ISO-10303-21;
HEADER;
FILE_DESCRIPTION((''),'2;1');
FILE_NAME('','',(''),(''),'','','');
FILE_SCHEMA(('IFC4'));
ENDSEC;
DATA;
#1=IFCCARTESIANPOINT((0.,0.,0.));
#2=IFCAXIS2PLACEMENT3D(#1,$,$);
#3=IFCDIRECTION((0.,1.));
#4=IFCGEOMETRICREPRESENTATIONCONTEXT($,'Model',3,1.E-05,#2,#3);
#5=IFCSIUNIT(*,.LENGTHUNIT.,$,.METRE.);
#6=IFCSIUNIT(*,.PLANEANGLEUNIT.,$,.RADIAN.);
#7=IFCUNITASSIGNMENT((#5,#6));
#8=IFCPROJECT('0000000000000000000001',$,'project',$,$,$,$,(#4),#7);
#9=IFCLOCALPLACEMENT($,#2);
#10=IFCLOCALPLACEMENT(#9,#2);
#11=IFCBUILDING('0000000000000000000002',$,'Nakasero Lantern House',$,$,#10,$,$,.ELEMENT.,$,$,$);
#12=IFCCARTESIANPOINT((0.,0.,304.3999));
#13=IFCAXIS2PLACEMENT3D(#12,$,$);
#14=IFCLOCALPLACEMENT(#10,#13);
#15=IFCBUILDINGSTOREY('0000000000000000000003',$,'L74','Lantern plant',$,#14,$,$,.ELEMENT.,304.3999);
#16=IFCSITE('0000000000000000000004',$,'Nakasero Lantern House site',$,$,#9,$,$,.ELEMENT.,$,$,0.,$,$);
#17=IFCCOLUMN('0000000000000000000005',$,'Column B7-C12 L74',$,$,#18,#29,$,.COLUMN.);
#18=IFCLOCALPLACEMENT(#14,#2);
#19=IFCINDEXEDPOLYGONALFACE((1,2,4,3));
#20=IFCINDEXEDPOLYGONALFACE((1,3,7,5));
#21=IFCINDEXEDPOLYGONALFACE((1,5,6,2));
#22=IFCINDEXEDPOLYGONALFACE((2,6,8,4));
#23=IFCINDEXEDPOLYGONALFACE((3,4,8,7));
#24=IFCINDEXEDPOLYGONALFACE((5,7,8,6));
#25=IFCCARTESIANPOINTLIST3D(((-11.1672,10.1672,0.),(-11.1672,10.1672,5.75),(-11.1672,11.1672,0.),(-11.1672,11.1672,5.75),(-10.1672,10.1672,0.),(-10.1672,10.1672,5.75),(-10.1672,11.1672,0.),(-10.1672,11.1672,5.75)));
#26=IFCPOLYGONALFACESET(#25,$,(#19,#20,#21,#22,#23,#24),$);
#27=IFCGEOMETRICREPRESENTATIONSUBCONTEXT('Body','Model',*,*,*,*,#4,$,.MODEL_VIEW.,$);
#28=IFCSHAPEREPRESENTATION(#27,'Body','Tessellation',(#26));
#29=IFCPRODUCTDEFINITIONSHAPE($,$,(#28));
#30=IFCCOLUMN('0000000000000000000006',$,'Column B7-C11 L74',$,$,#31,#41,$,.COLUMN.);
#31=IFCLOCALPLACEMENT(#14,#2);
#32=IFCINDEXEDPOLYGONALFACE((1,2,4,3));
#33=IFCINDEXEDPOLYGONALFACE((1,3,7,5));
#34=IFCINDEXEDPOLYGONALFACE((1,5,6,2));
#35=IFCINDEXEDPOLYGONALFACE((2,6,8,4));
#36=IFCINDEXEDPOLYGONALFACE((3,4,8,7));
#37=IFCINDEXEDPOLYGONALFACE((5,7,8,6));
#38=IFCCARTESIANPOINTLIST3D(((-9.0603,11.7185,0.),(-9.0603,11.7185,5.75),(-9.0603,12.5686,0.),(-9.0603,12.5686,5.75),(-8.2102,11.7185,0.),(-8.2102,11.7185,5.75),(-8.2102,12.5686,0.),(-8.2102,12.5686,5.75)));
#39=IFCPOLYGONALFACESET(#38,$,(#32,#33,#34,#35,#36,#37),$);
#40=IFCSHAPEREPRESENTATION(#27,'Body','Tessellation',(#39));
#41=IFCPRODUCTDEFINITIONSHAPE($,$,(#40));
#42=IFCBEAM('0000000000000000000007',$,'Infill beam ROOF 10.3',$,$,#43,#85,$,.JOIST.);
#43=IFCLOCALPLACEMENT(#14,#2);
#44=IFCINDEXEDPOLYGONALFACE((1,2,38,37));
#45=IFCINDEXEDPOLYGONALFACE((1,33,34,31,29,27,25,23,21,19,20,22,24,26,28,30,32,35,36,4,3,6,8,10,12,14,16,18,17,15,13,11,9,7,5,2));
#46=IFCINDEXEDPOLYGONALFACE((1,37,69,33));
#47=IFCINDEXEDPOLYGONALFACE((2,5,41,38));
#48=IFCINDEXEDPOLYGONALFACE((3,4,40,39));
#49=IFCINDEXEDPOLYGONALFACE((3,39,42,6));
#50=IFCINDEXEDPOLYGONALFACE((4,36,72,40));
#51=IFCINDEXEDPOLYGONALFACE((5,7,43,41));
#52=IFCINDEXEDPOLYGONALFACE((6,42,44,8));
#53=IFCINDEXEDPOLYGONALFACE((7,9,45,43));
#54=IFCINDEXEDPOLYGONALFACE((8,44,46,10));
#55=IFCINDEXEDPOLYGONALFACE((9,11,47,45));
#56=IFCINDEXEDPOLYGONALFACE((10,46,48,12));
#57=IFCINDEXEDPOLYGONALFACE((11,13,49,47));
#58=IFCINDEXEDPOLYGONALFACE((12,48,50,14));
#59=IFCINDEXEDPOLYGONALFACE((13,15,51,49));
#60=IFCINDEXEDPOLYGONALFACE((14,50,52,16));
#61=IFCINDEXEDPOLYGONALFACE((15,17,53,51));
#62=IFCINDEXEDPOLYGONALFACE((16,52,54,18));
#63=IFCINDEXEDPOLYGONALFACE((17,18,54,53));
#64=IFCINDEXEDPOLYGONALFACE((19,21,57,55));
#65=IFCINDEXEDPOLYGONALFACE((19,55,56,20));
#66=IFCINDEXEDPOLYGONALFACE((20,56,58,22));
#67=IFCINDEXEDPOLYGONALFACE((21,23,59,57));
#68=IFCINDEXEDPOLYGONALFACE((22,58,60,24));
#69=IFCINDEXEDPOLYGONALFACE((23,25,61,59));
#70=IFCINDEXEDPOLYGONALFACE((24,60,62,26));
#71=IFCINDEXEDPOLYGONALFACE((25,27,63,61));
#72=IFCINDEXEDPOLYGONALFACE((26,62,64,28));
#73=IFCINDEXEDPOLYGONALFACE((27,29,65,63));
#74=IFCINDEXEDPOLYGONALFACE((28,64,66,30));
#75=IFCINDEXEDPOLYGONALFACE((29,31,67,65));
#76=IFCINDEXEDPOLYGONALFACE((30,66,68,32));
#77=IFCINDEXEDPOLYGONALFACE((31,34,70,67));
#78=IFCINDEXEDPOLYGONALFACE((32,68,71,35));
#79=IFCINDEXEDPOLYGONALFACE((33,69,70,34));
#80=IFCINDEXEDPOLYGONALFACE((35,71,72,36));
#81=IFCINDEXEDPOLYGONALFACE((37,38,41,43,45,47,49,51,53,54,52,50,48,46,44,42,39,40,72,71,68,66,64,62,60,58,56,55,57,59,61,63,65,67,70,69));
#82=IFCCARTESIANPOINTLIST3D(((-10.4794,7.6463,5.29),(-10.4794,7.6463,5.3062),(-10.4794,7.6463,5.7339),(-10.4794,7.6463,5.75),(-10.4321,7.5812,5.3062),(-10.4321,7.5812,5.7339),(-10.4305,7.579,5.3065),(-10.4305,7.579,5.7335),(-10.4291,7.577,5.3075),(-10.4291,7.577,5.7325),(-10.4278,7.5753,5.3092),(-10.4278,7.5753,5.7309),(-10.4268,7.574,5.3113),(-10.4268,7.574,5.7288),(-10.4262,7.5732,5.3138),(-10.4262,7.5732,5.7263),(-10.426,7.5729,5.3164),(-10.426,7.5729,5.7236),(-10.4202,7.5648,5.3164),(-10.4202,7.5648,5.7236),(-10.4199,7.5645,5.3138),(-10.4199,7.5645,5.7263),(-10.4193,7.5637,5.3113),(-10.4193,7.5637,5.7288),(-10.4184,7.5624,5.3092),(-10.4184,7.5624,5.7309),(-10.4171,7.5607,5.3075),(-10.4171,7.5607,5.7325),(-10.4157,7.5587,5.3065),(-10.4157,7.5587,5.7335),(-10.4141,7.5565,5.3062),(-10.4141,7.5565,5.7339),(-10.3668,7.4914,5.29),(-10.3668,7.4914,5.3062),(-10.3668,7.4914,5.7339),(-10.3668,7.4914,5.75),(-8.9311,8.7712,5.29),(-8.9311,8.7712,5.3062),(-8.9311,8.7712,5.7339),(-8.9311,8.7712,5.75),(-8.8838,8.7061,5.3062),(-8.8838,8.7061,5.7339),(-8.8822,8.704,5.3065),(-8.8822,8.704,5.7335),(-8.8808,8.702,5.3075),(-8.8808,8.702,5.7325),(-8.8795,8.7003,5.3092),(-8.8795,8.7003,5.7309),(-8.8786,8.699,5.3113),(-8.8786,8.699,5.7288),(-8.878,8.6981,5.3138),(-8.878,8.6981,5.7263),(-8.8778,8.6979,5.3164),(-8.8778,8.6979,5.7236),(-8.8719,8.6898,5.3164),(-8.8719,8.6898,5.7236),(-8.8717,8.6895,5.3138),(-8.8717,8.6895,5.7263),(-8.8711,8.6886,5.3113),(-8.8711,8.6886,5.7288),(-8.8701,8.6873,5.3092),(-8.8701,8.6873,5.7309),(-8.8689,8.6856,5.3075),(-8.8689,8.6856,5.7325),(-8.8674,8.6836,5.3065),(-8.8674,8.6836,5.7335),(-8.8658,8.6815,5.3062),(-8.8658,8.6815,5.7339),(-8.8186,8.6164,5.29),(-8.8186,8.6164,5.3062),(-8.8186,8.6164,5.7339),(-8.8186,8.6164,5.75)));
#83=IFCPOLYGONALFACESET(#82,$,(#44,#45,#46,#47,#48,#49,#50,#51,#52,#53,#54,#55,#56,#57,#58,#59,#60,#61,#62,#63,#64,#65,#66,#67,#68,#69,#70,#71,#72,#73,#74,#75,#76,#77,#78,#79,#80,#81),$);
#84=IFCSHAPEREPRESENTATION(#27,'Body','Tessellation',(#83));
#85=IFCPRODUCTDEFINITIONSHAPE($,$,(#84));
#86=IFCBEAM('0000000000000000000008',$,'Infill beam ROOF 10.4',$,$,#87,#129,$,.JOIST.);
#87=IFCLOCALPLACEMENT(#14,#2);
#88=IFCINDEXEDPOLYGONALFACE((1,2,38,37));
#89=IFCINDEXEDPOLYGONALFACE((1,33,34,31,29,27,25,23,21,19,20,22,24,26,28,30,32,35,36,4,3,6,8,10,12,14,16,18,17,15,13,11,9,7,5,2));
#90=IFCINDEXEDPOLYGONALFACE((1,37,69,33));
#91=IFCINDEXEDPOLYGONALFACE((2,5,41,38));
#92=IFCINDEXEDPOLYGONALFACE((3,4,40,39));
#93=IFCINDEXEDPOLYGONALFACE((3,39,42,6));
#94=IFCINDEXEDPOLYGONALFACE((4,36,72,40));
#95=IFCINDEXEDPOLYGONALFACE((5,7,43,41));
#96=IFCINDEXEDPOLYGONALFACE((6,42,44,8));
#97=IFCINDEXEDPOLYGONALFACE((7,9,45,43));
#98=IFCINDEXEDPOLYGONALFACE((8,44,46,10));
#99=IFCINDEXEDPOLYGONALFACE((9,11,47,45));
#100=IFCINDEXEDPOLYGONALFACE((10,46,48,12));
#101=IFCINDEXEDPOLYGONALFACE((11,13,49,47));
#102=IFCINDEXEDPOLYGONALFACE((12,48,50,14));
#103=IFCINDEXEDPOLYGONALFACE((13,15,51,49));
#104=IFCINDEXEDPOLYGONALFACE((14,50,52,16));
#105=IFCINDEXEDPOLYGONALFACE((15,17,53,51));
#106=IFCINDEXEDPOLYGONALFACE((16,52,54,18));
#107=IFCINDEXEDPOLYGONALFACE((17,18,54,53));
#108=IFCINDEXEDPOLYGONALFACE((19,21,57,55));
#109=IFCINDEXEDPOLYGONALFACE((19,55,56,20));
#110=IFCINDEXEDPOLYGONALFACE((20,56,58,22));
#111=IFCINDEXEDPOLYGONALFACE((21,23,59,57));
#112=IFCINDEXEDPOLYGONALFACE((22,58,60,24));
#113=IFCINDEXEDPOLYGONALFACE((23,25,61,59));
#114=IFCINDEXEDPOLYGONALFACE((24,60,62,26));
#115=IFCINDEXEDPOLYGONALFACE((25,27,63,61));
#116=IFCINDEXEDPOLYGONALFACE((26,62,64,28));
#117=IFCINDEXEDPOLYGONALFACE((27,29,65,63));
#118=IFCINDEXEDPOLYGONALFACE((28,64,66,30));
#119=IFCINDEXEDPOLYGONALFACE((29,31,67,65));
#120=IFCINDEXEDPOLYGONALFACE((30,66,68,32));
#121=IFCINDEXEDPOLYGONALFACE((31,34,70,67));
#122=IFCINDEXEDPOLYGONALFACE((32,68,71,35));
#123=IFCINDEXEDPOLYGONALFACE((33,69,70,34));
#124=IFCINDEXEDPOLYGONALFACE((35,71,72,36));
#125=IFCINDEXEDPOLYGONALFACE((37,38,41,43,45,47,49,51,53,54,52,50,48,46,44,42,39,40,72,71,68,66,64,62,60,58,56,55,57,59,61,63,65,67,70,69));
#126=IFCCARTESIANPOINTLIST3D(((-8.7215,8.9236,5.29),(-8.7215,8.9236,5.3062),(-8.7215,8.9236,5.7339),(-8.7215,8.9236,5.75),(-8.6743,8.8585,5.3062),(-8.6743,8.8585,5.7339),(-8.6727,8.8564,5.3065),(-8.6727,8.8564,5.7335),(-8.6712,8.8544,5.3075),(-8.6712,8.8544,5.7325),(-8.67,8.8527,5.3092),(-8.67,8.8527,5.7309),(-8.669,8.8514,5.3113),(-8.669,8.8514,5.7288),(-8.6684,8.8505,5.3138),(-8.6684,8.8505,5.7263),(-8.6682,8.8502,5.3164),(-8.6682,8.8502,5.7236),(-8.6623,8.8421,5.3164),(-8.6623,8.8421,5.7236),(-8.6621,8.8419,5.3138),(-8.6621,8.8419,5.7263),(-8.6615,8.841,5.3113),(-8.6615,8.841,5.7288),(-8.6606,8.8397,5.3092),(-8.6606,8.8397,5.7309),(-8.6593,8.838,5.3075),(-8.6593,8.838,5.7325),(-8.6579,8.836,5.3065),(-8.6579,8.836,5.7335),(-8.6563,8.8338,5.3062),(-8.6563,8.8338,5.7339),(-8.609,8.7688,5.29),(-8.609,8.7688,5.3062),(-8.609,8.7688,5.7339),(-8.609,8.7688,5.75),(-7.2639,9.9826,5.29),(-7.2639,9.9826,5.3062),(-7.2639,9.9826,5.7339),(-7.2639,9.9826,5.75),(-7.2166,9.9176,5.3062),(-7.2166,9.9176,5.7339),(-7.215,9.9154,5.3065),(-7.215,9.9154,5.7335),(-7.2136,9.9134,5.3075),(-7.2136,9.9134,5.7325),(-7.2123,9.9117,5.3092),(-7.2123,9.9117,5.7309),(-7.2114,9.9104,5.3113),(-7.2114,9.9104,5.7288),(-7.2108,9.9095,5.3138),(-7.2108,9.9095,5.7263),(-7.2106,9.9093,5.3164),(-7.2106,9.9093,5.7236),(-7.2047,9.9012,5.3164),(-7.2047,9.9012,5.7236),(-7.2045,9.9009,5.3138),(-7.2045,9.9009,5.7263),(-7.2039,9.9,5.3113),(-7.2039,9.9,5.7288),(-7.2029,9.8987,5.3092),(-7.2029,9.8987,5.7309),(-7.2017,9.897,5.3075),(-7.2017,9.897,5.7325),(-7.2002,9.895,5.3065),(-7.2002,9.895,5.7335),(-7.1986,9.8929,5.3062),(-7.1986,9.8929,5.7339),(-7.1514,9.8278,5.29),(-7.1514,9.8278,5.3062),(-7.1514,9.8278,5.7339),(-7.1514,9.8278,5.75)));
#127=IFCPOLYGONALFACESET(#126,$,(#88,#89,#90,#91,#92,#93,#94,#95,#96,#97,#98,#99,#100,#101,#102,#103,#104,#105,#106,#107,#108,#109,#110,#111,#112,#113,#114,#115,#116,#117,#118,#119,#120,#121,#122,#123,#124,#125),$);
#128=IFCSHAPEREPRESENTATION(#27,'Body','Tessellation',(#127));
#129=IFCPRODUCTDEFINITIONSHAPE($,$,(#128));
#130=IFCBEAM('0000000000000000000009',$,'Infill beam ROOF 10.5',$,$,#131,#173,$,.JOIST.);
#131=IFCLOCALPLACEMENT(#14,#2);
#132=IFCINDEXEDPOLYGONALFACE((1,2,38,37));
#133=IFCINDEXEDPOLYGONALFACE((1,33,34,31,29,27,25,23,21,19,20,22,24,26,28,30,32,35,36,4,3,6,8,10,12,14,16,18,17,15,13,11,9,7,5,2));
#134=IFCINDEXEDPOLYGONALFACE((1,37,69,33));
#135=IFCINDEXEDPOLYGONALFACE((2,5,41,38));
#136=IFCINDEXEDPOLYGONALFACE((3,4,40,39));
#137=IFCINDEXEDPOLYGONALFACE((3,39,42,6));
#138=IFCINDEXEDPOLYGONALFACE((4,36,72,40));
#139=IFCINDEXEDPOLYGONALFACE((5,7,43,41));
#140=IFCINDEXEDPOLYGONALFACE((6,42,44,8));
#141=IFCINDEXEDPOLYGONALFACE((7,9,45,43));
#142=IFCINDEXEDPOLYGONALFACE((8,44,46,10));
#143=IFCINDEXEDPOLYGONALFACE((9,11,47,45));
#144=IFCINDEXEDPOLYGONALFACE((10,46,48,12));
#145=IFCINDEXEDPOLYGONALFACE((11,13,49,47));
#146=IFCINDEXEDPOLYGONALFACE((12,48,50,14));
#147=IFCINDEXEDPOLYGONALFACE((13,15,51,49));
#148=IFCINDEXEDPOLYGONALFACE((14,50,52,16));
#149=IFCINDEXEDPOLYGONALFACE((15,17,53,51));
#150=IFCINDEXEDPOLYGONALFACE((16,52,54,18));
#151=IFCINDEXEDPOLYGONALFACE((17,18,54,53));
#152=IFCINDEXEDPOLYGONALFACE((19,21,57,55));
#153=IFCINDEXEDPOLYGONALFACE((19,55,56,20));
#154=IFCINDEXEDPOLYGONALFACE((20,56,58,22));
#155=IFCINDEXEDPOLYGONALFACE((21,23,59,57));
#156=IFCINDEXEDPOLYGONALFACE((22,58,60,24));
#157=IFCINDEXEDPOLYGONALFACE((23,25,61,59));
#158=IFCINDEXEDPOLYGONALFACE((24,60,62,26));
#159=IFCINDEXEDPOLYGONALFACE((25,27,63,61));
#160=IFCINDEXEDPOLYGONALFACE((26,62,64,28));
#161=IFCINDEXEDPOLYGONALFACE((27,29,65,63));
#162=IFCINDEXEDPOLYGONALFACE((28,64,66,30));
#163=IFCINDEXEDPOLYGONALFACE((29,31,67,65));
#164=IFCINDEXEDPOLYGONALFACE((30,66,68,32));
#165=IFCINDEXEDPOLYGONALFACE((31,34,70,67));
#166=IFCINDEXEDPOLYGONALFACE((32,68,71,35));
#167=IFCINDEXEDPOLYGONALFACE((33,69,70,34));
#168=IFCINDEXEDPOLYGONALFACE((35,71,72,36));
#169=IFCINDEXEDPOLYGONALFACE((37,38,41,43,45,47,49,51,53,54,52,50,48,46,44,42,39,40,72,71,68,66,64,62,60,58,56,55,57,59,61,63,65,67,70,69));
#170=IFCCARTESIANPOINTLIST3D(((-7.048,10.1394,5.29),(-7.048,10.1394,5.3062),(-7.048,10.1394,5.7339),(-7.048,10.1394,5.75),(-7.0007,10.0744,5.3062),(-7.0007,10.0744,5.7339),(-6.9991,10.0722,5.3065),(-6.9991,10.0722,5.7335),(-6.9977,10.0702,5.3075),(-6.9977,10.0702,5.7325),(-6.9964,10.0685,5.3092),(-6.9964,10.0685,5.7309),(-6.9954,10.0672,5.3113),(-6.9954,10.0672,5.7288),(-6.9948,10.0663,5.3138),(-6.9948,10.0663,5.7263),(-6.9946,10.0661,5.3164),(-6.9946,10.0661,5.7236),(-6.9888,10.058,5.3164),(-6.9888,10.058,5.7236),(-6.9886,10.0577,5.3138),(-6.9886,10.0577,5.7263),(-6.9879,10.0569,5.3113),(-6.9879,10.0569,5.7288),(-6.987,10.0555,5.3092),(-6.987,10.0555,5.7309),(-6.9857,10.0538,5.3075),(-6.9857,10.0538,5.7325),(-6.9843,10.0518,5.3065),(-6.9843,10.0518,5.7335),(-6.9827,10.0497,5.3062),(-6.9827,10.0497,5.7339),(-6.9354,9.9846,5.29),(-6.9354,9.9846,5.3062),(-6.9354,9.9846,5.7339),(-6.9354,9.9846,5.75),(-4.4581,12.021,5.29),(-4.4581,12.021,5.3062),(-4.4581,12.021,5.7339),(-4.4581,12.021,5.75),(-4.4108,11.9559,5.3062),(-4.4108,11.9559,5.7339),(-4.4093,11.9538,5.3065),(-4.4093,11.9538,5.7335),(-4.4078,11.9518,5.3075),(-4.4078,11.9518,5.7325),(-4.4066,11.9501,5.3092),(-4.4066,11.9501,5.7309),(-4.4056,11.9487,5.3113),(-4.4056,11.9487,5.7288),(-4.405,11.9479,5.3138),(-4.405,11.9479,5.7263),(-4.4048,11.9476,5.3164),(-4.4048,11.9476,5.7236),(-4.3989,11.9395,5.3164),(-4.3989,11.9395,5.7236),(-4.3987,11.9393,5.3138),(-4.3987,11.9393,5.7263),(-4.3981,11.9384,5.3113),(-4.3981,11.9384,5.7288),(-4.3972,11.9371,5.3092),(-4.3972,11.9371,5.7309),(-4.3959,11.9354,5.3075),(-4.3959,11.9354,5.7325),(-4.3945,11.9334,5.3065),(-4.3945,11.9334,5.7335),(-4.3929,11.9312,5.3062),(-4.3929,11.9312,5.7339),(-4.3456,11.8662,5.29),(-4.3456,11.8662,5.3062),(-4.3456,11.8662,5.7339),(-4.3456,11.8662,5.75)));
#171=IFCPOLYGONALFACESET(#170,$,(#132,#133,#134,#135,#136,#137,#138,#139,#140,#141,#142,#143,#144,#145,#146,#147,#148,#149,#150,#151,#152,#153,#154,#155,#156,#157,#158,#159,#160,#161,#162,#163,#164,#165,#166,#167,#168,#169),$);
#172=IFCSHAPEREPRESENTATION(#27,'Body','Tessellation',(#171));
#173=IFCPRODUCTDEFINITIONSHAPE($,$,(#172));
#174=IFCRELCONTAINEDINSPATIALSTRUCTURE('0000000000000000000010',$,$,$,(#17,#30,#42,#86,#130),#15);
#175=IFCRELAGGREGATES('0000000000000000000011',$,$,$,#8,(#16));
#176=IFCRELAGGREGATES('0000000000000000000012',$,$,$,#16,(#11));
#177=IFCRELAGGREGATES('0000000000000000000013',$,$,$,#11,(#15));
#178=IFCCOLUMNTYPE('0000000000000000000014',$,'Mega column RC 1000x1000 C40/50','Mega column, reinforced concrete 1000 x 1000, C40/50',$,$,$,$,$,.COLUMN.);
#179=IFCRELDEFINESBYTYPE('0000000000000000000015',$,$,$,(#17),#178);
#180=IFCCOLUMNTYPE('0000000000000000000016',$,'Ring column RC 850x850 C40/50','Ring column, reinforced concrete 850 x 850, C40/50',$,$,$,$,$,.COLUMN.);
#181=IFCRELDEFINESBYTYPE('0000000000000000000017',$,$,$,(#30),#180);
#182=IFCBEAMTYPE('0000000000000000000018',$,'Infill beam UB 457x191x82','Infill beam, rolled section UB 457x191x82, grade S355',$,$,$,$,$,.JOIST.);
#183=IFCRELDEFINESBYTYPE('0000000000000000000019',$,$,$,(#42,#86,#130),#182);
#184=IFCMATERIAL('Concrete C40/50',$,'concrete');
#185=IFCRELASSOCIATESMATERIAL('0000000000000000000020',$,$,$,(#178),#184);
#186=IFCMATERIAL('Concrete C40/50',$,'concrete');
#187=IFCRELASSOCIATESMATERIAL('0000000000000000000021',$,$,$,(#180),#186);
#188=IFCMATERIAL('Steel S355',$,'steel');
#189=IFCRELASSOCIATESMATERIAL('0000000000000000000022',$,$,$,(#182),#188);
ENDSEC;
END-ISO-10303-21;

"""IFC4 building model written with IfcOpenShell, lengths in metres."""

from ifc_helpers import new_model, si_unit, direction, frame, origin, origin_2d, place, context, subcontext, project, spatial, rectangle, i_section, extrude, material, material_profile, profile_set, type_object, element, save


model = new_model("IFC4")

# Units and contexts
model_context = context("Model", 3, precision=1e-05, world=origin(), true_north=direction((0.0, 1.0)))
body_context = subcontext(model_context, "Body", "Model", "MODEL_VIEW")
ifc_project = project(units=[si_unit("LENGTHUNIT", "METRE"), si_unit("PLANEANGLEUNIT", "RADIAN")], contexts=[model_context])

# Site, building, storey
site_placement = place(None, origin())
site = spatial("IfcSite", under=ifc_project, at=site_placement, Name="Nakasero Lantern House site", CompositionType="ELEMENT", RefElevation=0.0)
building_placement = place(site_placement, origin())
building = spatial("IfcBuilding", under=site, at=building_placement, Name="Nakasero Lantern House", CompositionType="ELEMENT")
storey_placement = place(building_placement, frame((0.0, 0.0, 304.3999)))
storey = spatial("IfcBuildingStorey", under=building, at=storey_placement, Name="L74", Description="Lantern plant", CompositionType="ELEMENT", Elevation=304.3999)

# Columns
ifc_material_1 = material(Name="Concrete C40/50", Category="concrete")
ifc_material_profile_1 = material_profile(ifc_material_1, rectangle(XDim=1.0, YDim=1.0, at=origin_2d()), Name="RC 1000x1000")
ifc_profile_set_1 = profile_set([ifc_material_profile_1], Name="Concrete C40/50")
column_type_1 = type_object("IfcColumnType", Name="Mega column RC 1000x1000 C40/50", Description="Mega column, reinforced concrete 1000 x 1000, C40/50", PredefinedType="COLUMN", material=ifc_profile_set_1)
column_1_placement = place(storey_placement, frame((-10.6672, 10.6672, 0.0), z_axis=(0.0, 0.0, 1.0), x_axis=(1.0, 0.0, 0.0)))
element("IfcColumn", 1, at=column_1_placement, inside=storey, type_object=column_type_1, Name="Column B7-C12 L74", PredefinedType="COLUMN", context=body_context, shape_type="SweptSolid", body=[
    extrude(rectangle(XDim=1.0, YDim=1.0, at=origin_2d()), origin(), (0.0, 0.0, 1.0), 5.75),
])
ifc_material_2 = material(Name="Concrete C40/50", Category="concrete")
ifc_material_profile_2 = material_profile(ifc_material_2, rectangle(XDim=0.8501, YDim=0.8501, at=origin_2d()), Name="RC 850x850")
ifc_profile_set_2 = profile_set([ifc_material_profile_2], Name="Concrete C40/50")
column_type_2 = type_object("IfcColumnType", Name="Ring column RC 850x850 C40/50", Description="Ring column, reinforced concrete 850 x 850, C40/50", PredefinedType="COLUMN", material=ifc_profile_set_2)
column_2_placement = place(storey_placement, frame((-8.6353, 12.1436, 0.0), z_axis=(0.0, 0.0, 1.0), x_axis=(1.0, 0.0, 0.0)))
element("IfcColumn", 2, at=column_2_placement, inside=storey, type_object=column_type_2, Name="Column B7-C11 L74", PredefinedType="COLUMN", context=body_context, shape_type="SweptSolid", body=[
    extrude(rectangle(XDim=0.8501, YDim=0.8501, at=origin_2d()), origin(), (0.0, 0.0, 1.0), 5.75),
])

# Beams
ifc_material_3 = material(Name="Steel S355", Category="steel")
ifc_material_profile_3 = material_profile(ifc_material_3, i_section(OverallWidth=0.1914, OverallDepth=0.46, WebThickness=0.01, FlangeThickness=0.0161, FilletRadius=0.0103, at=origin_2d()), Name="UB 457x191x82")
ifc_profile_set_3 = profile_set([ifc_material_profile_3], Name="Steel S355")
beam_type_1 = type_object("IfcBeamType", Name="Infill beam UB 457x191x82", Description="Infill beam, rolled section UB 457x191x82, grade S355", PredefinedType="JOIST", material=ifc_profile_set_3)
beam_1_placement = place(storey_placement, frame((-10.4231, 7.5688, 5.52), z_axis=(0.809001, 0.587808, 0.0), x_axis=(-0.587808, 0.809001, 0.0)))
element("IfcBeam", 3, at=beam_1_placement, inside=storey, type_object=beam_type_1, Name="Infill beam ROOF 10.3", PredefinedType="JOIST", context=body_context, shape_type="SweptSolid", body=[
    extrude(i_section(OverallWidth=0.1914, OverallDepth=0.46, WebThickness=0.01, FlangeThickness=0.0161, FilletRadius=0.0103, at=origin_2d()), origin(), (0.0, 0.0, 1.0), 1.9138),
])
beam_2_placement = place(storey_placement, frame((-8.6653, 8.8462, 5.52), z_axis=(0.809029, 0.587769, 0.0), x_axis=(-0.587769, 0.809029, 0.0)))
element("IfcBeam", 4, at=beam_2_placement, inside=storey, type_object=beam_type_1, Name="Infill beam ROOF 10.4", PredefinedType="JOIST", context=body_context, shape_type="SweptSolid", body=[
    extrude(i_section(OverallWidth=0.1914, OverallDepth=0.46, WebThickness=0.01, FlangeThickness=0.0161, FilletRadius=0.0103, at=origin_2d()), origin(), (0.0, 0.0, 1.0), 1.8018),
])
beam_3_placement = place(storey_placement, frame((-6.9917, 10.062, 5.52), z_axis=(0.809023, 0.587777, 0.0), x_axis=(-0.587777, 0.809023, 0.0)))
element("IfcBeam", 5, at=beam_3_placement, inside=storey, type_object=beam_type_1, Name="Infill beam ROOF 10.5", PredefinedType="JOIST", context=body_context, shape_type="SweptSolid", body=[
    extrude(i_section(OverallWidth=0.1914, OverallDepth=0.46, WebThickness=0.01, FlangeThickness=0.0161, FilletRadius=0.0103, at=origin_2d()), origin(), (0.0, 0.0, 1.0), 3.2012),
])

save(model, "model.ifc")
